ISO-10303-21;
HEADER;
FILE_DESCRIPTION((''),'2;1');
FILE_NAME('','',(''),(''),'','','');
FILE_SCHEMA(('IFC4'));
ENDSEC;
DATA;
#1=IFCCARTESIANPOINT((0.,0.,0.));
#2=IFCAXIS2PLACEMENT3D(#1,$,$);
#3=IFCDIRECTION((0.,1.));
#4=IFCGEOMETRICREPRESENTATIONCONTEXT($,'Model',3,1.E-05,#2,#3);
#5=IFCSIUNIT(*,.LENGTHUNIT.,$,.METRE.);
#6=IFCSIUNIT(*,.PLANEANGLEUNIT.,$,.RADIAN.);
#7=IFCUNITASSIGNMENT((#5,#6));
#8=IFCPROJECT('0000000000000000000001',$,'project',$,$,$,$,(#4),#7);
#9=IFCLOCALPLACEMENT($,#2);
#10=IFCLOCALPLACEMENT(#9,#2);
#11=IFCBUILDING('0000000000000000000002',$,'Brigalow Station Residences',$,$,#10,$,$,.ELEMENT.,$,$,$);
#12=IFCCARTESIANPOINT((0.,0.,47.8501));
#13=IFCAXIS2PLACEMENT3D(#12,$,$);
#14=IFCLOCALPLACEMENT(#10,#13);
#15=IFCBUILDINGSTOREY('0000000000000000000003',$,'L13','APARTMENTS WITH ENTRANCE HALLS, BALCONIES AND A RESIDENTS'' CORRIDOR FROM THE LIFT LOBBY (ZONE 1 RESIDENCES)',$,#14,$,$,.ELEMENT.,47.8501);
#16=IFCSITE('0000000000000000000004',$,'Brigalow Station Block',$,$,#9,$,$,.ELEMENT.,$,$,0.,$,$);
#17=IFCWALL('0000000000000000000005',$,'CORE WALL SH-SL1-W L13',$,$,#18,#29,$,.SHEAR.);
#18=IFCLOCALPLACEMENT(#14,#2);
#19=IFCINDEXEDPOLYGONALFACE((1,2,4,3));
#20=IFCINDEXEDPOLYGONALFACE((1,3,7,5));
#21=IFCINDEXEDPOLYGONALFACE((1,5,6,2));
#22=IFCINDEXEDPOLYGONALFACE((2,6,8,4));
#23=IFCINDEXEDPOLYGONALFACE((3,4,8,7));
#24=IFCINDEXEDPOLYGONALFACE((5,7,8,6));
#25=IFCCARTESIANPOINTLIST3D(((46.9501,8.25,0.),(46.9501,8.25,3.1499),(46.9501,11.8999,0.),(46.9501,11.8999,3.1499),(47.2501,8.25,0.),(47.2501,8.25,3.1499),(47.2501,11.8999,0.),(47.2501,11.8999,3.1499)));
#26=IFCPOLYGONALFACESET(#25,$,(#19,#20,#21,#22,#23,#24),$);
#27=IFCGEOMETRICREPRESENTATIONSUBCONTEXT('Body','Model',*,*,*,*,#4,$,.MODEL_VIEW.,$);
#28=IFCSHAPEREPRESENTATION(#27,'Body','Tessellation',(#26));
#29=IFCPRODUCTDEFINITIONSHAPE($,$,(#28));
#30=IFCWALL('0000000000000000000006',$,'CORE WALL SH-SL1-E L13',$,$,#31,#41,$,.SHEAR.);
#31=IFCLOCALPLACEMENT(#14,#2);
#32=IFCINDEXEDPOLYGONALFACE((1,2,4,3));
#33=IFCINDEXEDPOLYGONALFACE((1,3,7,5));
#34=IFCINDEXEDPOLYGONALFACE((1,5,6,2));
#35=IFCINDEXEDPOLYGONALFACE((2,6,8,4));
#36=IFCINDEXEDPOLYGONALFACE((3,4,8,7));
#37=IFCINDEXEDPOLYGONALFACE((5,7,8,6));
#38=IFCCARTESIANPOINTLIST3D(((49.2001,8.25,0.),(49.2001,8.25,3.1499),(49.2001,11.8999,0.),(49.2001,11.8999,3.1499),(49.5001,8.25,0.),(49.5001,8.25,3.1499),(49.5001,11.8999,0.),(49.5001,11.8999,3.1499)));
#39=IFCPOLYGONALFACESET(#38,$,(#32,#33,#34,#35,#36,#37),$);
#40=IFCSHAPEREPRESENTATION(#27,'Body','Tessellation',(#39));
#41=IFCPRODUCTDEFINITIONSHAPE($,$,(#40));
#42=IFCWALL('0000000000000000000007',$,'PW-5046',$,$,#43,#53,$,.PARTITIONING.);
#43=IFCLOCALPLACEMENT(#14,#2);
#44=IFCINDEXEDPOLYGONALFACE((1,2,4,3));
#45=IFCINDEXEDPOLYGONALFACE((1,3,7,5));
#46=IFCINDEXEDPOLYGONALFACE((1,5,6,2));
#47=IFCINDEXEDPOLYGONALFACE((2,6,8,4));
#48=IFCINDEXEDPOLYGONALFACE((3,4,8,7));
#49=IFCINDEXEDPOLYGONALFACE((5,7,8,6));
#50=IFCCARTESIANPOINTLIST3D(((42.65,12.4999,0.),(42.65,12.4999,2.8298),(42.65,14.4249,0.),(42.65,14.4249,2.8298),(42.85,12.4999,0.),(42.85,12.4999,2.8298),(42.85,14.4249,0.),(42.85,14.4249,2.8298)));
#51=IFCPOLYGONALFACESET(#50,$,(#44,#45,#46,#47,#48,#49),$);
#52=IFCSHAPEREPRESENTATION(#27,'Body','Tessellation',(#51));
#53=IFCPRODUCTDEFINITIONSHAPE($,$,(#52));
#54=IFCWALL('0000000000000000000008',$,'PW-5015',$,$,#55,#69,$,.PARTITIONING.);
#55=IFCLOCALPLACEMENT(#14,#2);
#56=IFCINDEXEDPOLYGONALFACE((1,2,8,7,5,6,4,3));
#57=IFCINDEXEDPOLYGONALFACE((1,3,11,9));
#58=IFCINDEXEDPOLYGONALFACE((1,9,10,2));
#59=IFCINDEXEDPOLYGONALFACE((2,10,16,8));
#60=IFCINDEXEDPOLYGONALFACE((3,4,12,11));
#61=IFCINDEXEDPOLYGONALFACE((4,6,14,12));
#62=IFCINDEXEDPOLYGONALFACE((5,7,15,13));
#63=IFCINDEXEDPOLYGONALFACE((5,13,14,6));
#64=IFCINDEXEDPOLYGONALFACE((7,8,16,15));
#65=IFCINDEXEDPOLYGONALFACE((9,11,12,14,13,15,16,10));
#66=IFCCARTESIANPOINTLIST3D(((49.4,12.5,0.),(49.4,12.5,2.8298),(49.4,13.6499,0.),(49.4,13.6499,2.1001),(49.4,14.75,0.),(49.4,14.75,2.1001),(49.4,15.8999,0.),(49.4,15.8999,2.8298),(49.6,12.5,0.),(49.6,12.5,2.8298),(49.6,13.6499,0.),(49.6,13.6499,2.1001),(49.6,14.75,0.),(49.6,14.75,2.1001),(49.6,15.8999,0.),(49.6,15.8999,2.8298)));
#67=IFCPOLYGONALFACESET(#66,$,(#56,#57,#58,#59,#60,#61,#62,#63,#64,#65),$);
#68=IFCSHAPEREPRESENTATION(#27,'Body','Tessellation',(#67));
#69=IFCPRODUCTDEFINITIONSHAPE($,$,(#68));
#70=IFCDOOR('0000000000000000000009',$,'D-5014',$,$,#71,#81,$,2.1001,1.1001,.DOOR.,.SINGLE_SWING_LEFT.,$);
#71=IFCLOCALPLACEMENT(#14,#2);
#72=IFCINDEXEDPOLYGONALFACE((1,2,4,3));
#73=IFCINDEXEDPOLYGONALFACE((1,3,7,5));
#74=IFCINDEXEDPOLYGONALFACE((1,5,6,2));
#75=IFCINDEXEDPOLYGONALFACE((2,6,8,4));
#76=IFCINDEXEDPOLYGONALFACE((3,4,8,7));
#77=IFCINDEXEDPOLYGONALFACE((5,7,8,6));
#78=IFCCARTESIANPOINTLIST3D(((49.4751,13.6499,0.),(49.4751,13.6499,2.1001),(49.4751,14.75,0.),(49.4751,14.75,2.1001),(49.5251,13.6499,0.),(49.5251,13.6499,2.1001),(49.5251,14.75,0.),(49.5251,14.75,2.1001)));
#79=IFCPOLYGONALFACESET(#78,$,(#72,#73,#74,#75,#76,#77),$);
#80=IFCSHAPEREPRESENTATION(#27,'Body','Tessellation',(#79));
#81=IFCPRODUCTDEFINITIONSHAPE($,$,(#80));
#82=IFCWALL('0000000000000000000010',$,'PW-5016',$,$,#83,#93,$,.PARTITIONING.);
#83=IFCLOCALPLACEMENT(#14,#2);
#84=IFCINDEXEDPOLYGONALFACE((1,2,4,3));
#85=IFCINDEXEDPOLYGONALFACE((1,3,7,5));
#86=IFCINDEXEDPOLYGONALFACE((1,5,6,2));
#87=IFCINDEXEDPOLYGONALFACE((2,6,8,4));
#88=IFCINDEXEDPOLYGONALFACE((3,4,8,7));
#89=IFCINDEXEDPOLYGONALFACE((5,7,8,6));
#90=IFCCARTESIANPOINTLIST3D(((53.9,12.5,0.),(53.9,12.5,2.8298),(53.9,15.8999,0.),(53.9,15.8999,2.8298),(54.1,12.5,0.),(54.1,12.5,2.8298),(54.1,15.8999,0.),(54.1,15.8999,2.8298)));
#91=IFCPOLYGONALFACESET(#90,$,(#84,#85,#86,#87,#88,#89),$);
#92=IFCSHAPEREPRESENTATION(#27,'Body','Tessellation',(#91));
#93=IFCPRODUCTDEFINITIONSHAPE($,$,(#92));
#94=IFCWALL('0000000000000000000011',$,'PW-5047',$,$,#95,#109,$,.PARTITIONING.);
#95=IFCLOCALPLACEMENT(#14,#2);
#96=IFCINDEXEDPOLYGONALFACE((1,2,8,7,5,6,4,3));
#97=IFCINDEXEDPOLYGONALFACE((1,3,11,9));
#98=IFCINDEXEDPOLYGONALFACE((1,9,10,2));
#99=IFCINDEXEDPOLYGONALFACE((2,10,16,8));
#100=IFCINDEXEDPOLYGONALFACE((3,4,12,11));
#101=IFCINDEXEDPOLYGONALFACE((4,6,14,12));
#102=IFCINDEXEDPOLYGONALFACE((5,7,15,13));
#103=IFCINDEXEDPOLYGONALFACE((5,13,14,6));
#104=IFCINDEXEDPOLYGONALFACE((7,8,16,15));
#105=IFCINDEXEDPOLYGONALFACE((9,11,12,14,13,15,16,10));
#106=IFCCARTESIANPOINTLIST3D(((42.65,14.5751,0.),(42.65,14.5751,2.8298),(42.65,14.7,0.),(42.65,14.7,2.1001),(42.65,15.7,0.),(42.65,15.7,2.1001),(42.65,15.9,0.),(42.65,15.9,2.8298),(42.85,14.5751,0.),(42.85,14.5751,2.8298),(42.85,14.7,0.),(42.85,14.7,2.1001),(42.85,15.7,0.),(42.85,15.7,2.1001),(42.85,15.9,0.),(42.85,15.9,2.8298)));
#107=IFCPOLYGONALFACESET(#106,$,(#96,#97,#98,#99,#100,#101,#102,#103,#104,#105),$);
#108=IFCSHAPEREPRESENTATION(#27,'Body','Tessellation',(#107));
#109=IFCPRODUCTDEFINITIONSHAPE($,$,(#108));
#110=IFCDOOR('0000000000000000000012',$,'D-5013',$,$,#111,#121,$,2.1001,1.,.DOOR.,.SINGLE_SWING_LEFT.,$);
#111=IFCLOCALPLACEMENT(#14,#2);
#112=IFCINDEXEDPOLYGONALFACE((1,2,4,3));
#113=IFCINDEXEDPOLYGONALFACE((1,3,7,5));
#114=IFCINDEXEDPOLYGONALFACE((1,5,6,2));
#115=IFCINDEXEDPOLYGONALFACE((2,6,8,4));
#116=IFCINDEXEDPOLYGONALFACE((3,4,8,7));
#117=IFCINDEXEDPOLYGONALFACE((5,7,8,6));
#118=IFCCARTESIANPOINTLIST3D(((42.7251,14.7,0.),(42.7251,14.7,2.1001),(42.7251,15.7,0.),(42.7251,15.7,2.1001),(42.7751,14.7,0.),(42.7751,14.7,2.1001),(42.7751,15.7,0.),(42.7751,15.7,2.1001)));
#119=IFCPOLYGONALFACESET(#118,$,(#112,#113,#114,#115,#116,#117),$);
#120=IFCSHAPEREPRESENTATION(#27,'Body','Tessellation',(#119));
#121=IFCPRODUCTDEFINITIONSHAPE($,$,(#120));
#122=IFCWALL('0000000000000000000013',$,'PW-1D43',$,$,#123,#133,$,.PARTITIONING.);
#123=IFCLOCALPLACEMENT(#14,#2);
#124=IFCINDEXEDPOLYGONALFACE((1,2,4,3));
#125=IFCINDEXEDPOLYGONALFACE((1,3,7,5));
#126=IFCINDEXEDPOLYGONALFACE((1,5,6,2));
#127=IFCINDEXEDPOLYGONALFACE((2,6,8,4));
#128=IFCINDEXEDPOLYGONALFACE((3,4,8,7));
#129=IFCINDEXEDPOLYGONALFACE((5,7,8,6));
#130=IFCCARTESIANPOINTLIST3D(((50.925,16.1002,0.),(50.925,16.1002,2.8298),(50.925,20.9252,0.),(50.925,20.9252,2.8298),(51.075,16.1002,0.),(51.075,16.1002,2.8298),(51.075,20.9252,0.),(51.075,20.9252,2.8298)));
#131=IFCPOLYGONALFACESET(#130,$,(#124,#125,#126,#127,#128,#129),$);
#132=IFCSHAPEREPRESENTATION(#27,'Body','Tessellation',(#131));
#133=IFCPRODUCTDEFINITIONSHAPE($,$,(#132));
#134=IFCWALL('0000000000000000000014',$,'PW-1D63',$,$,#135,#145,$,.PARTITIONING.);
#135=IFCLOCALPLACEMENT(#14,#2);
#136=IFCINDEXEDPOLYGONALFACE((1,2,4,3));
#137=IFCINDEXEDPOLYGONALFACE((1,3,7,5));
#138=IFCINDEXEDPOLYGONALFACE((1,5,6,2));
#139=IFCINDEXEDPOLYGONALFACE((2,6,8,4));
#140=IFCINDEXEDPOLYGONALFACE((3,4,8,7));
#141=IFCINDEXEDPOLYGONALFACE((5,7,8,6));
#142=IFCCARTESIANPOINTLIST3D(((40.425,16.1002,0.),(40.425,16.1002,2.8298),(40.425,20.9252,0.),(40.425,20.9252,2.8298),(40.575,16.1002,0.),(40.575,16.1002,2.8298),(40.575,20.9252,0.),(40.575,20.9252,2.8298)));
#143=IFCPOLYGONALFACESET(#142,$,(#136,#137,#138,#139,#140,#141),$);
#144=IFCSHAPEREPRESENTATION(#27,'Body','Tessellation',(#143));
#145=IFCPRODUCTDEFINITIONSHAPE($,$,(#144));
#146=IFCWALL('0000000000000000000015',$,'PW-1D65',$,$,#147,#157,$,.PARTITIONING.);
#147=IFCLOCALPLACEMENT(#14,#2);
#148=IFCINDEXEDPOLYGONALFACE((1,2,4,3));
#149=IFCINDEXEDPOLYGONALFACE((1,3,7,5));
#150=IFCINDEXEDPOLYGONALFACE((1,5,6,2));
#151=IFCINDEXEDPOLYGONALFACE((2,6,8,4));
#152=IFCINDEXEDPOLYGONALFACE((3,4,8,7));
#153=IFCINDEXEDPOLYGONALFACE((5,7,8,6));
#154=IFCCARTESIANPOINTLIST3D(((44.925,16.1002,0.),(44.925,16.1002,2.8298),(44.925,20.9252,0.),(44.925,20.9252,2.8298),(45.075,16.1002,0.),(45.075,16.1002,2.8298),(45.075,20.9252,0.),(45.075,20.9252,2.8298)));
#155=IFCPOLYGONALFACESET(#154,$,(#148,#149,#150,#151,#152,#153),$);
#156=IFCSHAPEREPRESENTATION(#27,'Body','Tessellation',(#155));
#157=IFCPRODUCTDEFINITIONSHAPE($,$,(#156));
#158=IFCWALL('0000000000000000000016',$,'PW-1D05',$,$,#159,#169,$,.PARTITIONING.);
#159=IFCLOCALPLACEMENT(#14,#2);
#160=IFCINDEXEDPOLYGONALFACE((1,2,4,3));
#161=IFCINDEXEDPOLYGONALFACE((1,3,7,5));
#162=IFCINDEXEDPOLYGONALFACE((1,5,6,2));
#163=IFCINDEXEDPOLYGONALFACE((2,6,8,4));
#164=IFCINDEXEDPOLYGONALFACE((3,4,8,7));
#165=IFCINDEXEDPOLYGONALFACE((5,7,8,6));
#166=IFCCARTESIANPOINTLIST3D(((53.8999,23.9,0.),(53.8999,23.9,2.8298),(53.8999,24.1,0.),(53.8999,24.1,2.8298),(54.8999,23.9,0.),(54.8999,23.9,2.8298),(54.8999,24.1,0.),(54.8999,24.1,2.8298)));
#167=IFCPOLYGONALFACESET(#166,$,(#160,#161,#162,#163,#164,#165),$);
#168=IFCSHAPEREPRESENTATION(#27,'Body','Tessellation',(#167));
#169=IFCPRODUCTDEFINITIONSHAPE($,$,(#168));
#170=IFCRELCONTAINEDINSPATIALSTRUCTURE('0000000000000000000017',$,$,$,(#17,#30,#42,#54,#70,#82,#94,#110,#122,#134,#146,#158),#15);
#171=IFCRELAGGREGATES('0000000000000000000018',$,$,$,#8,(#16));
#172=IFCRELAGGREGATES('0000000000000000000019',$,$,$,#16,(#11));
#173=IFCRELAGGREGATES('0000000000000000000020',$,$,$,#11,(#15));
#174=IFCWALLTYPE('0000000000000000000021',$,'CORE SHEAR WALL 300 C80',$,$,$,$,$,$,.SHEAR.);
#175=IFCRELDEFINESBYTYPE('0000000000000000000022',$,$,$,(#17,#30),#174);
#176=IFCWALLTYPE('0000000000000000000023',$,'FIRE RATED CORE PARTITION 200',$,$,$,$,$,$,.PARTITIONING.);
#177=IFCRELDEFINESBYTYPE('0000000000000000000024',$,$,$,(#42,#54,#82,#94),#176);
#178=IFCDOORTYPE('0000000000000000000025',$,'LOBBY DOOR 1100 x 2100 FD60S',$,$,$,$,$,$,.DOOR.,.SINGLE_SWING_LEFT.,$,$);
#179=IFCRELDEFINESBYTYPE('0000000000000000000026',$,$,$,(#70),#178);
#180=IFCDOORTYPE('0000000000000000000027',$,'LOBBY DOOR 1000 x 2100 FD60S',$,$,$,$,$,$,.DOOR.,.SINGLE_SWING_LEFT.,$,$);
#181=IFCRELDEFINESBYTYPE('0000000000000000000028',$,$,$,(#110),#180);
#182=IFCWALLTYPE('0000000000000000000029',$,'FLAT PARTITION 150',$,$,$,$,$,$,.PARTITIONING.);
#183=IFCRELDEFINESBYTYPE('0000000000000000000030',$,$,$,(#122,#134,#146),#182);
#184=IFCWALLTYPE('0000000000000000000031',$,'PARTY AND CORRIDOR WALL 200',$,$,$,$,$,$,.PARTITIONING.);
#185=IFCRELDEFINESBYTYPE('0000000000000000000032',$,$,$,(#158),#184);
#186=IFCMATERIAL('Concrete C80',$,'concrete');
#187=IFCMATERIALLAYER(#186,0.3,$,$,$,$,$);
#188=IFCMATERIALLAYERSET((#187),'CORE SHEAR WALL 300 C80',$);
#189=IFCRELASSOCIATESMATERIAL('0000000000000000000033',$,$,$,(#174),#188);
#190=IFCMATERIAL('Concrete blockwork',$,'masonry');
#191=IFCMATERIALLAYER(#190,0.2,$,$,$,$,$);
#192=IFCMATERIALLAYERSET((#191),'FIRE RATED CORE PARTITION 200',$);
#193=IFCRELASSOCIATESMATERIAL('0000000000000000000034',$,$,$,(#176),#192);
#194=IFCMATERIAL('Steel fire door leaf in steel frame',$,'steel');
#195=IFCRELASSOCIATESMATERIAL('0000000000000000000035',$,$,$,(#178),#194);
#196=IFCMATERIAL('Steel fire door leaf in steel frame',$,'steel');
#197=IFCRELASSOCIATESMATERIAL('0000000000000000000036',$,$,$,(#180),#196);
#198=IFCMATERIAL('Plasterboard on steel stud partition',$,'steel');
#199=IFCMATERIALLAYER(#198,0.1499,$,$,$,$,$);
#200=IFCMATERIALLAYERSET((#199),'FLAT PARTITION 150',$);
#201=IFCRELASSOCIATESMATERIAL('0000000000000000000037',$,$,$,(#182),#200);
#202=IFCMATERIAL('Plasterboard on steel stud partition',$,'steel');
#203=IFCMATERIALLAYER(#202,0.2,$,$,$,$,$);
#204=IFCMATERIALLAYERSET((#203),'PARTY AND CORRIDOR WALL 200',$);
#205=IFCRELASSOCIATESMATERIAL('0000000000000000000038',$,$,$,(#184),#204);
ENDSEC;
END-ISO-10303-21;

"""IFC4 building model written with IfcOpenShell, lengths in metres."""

from ifc_helpers import new_model, si_unit, direction, frame, frame_2d, origin, place, context, subcontext, project, spatial, rectangle, extrude, material, layer, layer_set, type_object, element, fill, save


model = new_model("IFC4")

# Units and contexts
model_context = context("Model", 3, precision=1e-05, world=origin(), true_north=direction((0.0, 1.0)))
body_context = subcontext(model_context, "Body", "Model", "MODEL_VIEW")
ifc_project = project(units=[si_unit("LENGTHUNIT", "METRE"), si_unit("PLANEANGLEUNIT", "RADIAN")], contexts=[model_context])

# Site, building, storey
site_placement = place(None, origin())
site = spatial("IfcSite", under=ifc_project, at=site_placement, Name="Brigalow Station Block", CompositionType="ELEMENT", RefElevation=0.0)
building_placement = place(site_placement, origin())
building = spatial("IfcBuilding", under=site, at=building_placement, Name="Brigalow Station Residences", CompositionType="ELEMENT")
storey_placement = place(building_placement, frame((0.0, 0.0, 47.8501)))
storey = spatial("IfcBuildingStorey", under=building, at=storey_placement, Name="L13", Description="APARTMENTS WITH ENTRANCE HALLS, BALCONIES AND A RESIDENTS' CORRIDOR FROM THE LIFT LOBBY (ZONE 1 RESIDENCES)", CompositionType="ELEMENT", Elevation=47.8501)

# Walls
ifc_material_1 = material(Name="Concrete C80", Category="concrete")
ifc_layer_1 = layer(ifc_material_1, 0.3)
ifc_layer_set_1 = layer_set([ifc_layer_1], Name="CORE SHEAR WALL 300 C80")
wall_type_1 = type_object("IfcWallType", Name="CORE SHEAR WALL 300 C80", PredefinedType="SHEAR", material=ifc_layer_set_1)
for number, where, z_axis, x_axis, name in (
    (1, (47.1001, 8.25, 0.0), (0.0, 0.0, 1.0), (0.0, 1.0, 0.0), "CORE WALL SH-SL1-W L13"),
    (2, (49.3501, 8.25, 0.0), (0.0, 0.0, 1.0), (0.0, 1.0, 0.0), "CORE WALL SH-SL1-E L13"),
):
    element("IfcWall", number, at=place(storey_placement, frame(where, z_axis=z_axis, x_axis=x_axis)), inside=storey, type_object=wall_type_1, Name=name, PredefinedType="SHEAR", context=body_context, shape_type="SweptSolid", body=[
        extrude(rectangle(XDim=3.6499, YDim=0.3, at=frame_2d((1.825, 0.0))), origin(), (0.0, 0.0, 1.0), 3.1499),
    ])
ifc_material_2 = material(Name="Concrete blockwork", Category="masonry")
ifc_layer_2 = layer(ifc_material_2, 0.2)
ifc_layer_set_2 = layer_set([ifc_layer_2], Name="FIRE RATED CORE PARTITION 200")
wall_type_2 = type_object("IfcWallType", Name="FIRE RATED CORE PARTITION 200", PredefinedType="PARTITIONING", material=ifc_layer_set_2)
wall_1_placement = place(storey_placement, frame((42.75, 12.5, 0.0), z_axis=(0.0, 0.0, 1.0), x_axis=(0.0, 1.0, 0.0)))
element("IfcWall", 3, at=wall_1_placement, inside=storey, type_object=wall_type_2, Name="PW-5046", PredefinedType="PARTITIONING", context=body_context, shape_type="SweptSolid", body=[
    extrude(rectangle(XDim=1.925, YDim=0.2, at=frame_2d((0.9624, 0.0))), origin(), (0.0, 0.0, 1.0), 2.8298),
])

# Wall, opening, door
wall_2_placement = place(storey_placement, frame((49.5, 12.5, 0.0), z_axis=(0.0, 0.0, 1.0), x_axis=(0.0, 1.0, 0.0)))
wall_2 = element("IfcWall", 4, at=wall_2_placement, inside=storey, type_object=wall_type_2, Name="PW-5015", PredefinedType="PARTITIONING", context=body_context, shape_type="SweptSolid", body=[
    extrude(rectangle(XDim=3.3999, YDim=0.2, at=frame_2d((1.7, 0.0))), origin(), (0.0, 0.0, 1.0), 2.8298),
])
opening_1_placement = place(wall_2_placement, frame((1.1499, 0.0, 0.0)))
opening_1 = element("IfcOpeningElement", 5, at=opening_1_placement, cuts=wall_2, PredefinedType="OPENING", context=body_context, shape_type="SweptSolid", body=[
    extrude(rectangle(XDim=1.1001, YDim=2.1001, at=frame_2d((0.55, 1.05))), frame((0.0, 0.1099, 0.0), z_axis=(0.0, -1.0, 0.0), x_axis=(1.0, 0.0, 0.0)), (0.0, 0.0, 1.0), 0.22),
])
ifc_material_3 = material(Name="Steel fire door leaf in steel frame", Category="steel")
door_type_1 = type_object("IfcDoorType", Name="LOBBY DOOR 1100 x 2100 FD60S", OperationType="SINGLE_SWING_LEFT", PredefinedType="DOOR", material=ifc_material_3)
door_1_placement = place(opening_1_placement, origin())
door_1 = element("IfcDoor", 6, at=door_1_placement, inside=storey, type_object=door_type_1, Name="D-5014", OperationType="SINGLE_SWING_LEFT", OverallHeight=2.1001, OverallWidth=1.1001, PredefinedType="DOOR", context=body_context, shape_type="SweptSolid", body=[
    extrude(rectangle(XDim=1.1001, YDim=2.1001, at=frame_2d((0.55, 1.05))), frame((0.0, 0.0249, 0.0), z_axis=(0.0, -1.0, 0.0), x_axis=(1.0, 0.0, 0.0)), (0.0, 0.0, 1.0), 0.05),
])
fill(opening_1, door_1)

# Wall
wall_3_placement = place(storey_placement, frame((54.0, 12.5, 0.0), z_axis=(0.0, 0.0, 1.0), x_axis=(0.0, 1.0, 0.0)))
element("IfcWall", 7, at=wall_3_placement, inside=storey, type_object=wall_type_2, Name="PW-5016", PredefinedType="PARTITIONING", context=body_context, shape_type="SweptSolid", body=[
    extrude(rectangle(XDim=3.3999, YDim=0.2, at=frame_2d((1.7, 0.0))), origin(), (0.0, 0.0, 1.0), 2.8298),
])

# Wall, opening, door
wall_4_placement = place(storey_placement, frame((42.75, 14.575, 0.0), z_axis=(0.0, 0.0, 1.0), x_axis=(0.0, 1.0, 0.0)))
wall_4 = element("IfcWall", 8, at=wall_4_placement, inside=storey, type_object=wall_type_2, Name="PW-5047", PredefinedType="PARTITIONING", context=body_context, shape_type="SweptSolid", body=[
    extrude(rectangle(XDim=1.325, YDim=0.2, at=frame_2d((0.6626, 0.0))), origin(), (0.0, 0.0, 1.0), 2.8298),
])
opening_2_placement = place(wall_4_placement, frame((0.125, 0.0, 0.0)))
opening_2 = element("IfcOpeningElement", 9, at=opening_2_placement, cuts=wall_4, PredefinedType="OPENING", context=body_context, shape_type="SweptSolid", body=[
    extrude(rectangle(XDim=1.0, YDim=2.1001, at=frame_2d((0.5, 1.05))), frame((0.0, 0.1099, 0.0), z_axis=(0.0, -1.0, 0.0), x_axis=(1.0, 0.0, 0.0)), (0.0, 0.0, 1.0), 0.22),
])
ifc_material_4 = material(Name="Steel fire door leaf in steel frame", Category="steel")
door_type_2 = type_object("IfcDoorType", Name="LOBBY DOOR 1000 x 2100 FD60S", OperationType="SINGLE_SWING_LEFT", PredefinedType="DOOR", material=ifc_material_4)
door_2_placement = place(opening_2_placement, origin())
door_2 = element("IfcDoor", 10, at=door_2_placement, inside=storey, type_object=door_type_2, Name="D-5013", OperationType="SINGLE_SWING_LEFT", OverallHeight=2.1001, OverallWidth=1.0, PredefinedType="DOOR", context=body_context, shape_type="SweptSolid", body=[
    extrude(rectangle(XDim=1.0, YDim=2.1001, at=frame_2d((0.5, 1.05))), frame((0.0, 0.0249, 0.0), z_axis=(0.0, -1.0, 0.0), x_axis=(1.0, 0.0, 0.0)), (0.0, 0.0, 1.0), 0.05),
])
fill(opening_2, door_2)

# Walls
ifc_material_5 = material(Name="Plasterboard on steel stud partition", Category="steel")
ifc_layer_3 = layer(ifc_material_5, 0.1499)
ifc_layer_set_3 = layer_set([ifc_layer_3], Name="FLAT PARTITION 150")
wall_type_3 = type_object("IfcWallType", Name="FLAT PARTITION 150", PredefinedType="PARTITIONING", material=ifc_layer_set_3)
for number, where, z_axis, x_axis, name in (
    (11, (51.0, 16.1001, 0.0), (0.0, 0.0, 1.0), (0.0, 1.0, 0.0), "PW-1D43"),
    (12, (40.5, 16.1001, 0.0), (0.0, 0.0, 1.0), (0.0, 1.0, 0.0), "PW-1D63"),
    (13, (45.0, 16.1001, 0.0), (0.0, 0.0, 1.0), (0.0, 1.0, 0.0), "PW-1D65"),
):
    element("IfcWall", number, at=place(storey_placement, frame(where, z_axis=z_axis, x_axis=x_axis)), inside=storey, type_object=wall_type_3, Name=name, PredefinedType="PARTITIONING", context=body_context, shape_type="SweptSolid", body=[
        extrude(rectangle(XDim=4.825, YDim=0.1499, at=frame_2d((2.4126, 0.0))), origin(), (0.0, 0.0, 1.0), 2.8298),
    ])
ifc_material_6 = material(Name="Plasterboard on steel stud partition", Category="steel")
ifc_layer_4 = layer(ifc_material_6, 0.2)
ifc_layer_set_4 = layer_set([ifc_layer_4], Name="PARTY AND CORRIDOR WALL 200")
wall_type_4 = type_object("IfcWallType", Name="PARTY AND CORRIDOR WALL 200", PredefinedType="PARTITIONING", material=ifc_layer_set_4)
wall_5_placement = place(storey_placement, frame((53.8999, 24.0, 0.0), z_axis=(0.0, 0.0, 1.0), x_axis=(1.0, 0.0, 0.0)))
element("IfcWall", 14, at=wall_5_placement, inside=storey, type_object=wall_type_4, Name="PW-1D05", PredefinedType="PARTITIONING", context=body_context, shape_type="SweptSolid", body=[
    extrude(rectangle(XDim=1.0, YDim=0.2, at=frame_2d((0.5, 0.0))), origin(), (0.0, 0.0, 1.0), 2.8298),
])

save(model, "model.ifc")
